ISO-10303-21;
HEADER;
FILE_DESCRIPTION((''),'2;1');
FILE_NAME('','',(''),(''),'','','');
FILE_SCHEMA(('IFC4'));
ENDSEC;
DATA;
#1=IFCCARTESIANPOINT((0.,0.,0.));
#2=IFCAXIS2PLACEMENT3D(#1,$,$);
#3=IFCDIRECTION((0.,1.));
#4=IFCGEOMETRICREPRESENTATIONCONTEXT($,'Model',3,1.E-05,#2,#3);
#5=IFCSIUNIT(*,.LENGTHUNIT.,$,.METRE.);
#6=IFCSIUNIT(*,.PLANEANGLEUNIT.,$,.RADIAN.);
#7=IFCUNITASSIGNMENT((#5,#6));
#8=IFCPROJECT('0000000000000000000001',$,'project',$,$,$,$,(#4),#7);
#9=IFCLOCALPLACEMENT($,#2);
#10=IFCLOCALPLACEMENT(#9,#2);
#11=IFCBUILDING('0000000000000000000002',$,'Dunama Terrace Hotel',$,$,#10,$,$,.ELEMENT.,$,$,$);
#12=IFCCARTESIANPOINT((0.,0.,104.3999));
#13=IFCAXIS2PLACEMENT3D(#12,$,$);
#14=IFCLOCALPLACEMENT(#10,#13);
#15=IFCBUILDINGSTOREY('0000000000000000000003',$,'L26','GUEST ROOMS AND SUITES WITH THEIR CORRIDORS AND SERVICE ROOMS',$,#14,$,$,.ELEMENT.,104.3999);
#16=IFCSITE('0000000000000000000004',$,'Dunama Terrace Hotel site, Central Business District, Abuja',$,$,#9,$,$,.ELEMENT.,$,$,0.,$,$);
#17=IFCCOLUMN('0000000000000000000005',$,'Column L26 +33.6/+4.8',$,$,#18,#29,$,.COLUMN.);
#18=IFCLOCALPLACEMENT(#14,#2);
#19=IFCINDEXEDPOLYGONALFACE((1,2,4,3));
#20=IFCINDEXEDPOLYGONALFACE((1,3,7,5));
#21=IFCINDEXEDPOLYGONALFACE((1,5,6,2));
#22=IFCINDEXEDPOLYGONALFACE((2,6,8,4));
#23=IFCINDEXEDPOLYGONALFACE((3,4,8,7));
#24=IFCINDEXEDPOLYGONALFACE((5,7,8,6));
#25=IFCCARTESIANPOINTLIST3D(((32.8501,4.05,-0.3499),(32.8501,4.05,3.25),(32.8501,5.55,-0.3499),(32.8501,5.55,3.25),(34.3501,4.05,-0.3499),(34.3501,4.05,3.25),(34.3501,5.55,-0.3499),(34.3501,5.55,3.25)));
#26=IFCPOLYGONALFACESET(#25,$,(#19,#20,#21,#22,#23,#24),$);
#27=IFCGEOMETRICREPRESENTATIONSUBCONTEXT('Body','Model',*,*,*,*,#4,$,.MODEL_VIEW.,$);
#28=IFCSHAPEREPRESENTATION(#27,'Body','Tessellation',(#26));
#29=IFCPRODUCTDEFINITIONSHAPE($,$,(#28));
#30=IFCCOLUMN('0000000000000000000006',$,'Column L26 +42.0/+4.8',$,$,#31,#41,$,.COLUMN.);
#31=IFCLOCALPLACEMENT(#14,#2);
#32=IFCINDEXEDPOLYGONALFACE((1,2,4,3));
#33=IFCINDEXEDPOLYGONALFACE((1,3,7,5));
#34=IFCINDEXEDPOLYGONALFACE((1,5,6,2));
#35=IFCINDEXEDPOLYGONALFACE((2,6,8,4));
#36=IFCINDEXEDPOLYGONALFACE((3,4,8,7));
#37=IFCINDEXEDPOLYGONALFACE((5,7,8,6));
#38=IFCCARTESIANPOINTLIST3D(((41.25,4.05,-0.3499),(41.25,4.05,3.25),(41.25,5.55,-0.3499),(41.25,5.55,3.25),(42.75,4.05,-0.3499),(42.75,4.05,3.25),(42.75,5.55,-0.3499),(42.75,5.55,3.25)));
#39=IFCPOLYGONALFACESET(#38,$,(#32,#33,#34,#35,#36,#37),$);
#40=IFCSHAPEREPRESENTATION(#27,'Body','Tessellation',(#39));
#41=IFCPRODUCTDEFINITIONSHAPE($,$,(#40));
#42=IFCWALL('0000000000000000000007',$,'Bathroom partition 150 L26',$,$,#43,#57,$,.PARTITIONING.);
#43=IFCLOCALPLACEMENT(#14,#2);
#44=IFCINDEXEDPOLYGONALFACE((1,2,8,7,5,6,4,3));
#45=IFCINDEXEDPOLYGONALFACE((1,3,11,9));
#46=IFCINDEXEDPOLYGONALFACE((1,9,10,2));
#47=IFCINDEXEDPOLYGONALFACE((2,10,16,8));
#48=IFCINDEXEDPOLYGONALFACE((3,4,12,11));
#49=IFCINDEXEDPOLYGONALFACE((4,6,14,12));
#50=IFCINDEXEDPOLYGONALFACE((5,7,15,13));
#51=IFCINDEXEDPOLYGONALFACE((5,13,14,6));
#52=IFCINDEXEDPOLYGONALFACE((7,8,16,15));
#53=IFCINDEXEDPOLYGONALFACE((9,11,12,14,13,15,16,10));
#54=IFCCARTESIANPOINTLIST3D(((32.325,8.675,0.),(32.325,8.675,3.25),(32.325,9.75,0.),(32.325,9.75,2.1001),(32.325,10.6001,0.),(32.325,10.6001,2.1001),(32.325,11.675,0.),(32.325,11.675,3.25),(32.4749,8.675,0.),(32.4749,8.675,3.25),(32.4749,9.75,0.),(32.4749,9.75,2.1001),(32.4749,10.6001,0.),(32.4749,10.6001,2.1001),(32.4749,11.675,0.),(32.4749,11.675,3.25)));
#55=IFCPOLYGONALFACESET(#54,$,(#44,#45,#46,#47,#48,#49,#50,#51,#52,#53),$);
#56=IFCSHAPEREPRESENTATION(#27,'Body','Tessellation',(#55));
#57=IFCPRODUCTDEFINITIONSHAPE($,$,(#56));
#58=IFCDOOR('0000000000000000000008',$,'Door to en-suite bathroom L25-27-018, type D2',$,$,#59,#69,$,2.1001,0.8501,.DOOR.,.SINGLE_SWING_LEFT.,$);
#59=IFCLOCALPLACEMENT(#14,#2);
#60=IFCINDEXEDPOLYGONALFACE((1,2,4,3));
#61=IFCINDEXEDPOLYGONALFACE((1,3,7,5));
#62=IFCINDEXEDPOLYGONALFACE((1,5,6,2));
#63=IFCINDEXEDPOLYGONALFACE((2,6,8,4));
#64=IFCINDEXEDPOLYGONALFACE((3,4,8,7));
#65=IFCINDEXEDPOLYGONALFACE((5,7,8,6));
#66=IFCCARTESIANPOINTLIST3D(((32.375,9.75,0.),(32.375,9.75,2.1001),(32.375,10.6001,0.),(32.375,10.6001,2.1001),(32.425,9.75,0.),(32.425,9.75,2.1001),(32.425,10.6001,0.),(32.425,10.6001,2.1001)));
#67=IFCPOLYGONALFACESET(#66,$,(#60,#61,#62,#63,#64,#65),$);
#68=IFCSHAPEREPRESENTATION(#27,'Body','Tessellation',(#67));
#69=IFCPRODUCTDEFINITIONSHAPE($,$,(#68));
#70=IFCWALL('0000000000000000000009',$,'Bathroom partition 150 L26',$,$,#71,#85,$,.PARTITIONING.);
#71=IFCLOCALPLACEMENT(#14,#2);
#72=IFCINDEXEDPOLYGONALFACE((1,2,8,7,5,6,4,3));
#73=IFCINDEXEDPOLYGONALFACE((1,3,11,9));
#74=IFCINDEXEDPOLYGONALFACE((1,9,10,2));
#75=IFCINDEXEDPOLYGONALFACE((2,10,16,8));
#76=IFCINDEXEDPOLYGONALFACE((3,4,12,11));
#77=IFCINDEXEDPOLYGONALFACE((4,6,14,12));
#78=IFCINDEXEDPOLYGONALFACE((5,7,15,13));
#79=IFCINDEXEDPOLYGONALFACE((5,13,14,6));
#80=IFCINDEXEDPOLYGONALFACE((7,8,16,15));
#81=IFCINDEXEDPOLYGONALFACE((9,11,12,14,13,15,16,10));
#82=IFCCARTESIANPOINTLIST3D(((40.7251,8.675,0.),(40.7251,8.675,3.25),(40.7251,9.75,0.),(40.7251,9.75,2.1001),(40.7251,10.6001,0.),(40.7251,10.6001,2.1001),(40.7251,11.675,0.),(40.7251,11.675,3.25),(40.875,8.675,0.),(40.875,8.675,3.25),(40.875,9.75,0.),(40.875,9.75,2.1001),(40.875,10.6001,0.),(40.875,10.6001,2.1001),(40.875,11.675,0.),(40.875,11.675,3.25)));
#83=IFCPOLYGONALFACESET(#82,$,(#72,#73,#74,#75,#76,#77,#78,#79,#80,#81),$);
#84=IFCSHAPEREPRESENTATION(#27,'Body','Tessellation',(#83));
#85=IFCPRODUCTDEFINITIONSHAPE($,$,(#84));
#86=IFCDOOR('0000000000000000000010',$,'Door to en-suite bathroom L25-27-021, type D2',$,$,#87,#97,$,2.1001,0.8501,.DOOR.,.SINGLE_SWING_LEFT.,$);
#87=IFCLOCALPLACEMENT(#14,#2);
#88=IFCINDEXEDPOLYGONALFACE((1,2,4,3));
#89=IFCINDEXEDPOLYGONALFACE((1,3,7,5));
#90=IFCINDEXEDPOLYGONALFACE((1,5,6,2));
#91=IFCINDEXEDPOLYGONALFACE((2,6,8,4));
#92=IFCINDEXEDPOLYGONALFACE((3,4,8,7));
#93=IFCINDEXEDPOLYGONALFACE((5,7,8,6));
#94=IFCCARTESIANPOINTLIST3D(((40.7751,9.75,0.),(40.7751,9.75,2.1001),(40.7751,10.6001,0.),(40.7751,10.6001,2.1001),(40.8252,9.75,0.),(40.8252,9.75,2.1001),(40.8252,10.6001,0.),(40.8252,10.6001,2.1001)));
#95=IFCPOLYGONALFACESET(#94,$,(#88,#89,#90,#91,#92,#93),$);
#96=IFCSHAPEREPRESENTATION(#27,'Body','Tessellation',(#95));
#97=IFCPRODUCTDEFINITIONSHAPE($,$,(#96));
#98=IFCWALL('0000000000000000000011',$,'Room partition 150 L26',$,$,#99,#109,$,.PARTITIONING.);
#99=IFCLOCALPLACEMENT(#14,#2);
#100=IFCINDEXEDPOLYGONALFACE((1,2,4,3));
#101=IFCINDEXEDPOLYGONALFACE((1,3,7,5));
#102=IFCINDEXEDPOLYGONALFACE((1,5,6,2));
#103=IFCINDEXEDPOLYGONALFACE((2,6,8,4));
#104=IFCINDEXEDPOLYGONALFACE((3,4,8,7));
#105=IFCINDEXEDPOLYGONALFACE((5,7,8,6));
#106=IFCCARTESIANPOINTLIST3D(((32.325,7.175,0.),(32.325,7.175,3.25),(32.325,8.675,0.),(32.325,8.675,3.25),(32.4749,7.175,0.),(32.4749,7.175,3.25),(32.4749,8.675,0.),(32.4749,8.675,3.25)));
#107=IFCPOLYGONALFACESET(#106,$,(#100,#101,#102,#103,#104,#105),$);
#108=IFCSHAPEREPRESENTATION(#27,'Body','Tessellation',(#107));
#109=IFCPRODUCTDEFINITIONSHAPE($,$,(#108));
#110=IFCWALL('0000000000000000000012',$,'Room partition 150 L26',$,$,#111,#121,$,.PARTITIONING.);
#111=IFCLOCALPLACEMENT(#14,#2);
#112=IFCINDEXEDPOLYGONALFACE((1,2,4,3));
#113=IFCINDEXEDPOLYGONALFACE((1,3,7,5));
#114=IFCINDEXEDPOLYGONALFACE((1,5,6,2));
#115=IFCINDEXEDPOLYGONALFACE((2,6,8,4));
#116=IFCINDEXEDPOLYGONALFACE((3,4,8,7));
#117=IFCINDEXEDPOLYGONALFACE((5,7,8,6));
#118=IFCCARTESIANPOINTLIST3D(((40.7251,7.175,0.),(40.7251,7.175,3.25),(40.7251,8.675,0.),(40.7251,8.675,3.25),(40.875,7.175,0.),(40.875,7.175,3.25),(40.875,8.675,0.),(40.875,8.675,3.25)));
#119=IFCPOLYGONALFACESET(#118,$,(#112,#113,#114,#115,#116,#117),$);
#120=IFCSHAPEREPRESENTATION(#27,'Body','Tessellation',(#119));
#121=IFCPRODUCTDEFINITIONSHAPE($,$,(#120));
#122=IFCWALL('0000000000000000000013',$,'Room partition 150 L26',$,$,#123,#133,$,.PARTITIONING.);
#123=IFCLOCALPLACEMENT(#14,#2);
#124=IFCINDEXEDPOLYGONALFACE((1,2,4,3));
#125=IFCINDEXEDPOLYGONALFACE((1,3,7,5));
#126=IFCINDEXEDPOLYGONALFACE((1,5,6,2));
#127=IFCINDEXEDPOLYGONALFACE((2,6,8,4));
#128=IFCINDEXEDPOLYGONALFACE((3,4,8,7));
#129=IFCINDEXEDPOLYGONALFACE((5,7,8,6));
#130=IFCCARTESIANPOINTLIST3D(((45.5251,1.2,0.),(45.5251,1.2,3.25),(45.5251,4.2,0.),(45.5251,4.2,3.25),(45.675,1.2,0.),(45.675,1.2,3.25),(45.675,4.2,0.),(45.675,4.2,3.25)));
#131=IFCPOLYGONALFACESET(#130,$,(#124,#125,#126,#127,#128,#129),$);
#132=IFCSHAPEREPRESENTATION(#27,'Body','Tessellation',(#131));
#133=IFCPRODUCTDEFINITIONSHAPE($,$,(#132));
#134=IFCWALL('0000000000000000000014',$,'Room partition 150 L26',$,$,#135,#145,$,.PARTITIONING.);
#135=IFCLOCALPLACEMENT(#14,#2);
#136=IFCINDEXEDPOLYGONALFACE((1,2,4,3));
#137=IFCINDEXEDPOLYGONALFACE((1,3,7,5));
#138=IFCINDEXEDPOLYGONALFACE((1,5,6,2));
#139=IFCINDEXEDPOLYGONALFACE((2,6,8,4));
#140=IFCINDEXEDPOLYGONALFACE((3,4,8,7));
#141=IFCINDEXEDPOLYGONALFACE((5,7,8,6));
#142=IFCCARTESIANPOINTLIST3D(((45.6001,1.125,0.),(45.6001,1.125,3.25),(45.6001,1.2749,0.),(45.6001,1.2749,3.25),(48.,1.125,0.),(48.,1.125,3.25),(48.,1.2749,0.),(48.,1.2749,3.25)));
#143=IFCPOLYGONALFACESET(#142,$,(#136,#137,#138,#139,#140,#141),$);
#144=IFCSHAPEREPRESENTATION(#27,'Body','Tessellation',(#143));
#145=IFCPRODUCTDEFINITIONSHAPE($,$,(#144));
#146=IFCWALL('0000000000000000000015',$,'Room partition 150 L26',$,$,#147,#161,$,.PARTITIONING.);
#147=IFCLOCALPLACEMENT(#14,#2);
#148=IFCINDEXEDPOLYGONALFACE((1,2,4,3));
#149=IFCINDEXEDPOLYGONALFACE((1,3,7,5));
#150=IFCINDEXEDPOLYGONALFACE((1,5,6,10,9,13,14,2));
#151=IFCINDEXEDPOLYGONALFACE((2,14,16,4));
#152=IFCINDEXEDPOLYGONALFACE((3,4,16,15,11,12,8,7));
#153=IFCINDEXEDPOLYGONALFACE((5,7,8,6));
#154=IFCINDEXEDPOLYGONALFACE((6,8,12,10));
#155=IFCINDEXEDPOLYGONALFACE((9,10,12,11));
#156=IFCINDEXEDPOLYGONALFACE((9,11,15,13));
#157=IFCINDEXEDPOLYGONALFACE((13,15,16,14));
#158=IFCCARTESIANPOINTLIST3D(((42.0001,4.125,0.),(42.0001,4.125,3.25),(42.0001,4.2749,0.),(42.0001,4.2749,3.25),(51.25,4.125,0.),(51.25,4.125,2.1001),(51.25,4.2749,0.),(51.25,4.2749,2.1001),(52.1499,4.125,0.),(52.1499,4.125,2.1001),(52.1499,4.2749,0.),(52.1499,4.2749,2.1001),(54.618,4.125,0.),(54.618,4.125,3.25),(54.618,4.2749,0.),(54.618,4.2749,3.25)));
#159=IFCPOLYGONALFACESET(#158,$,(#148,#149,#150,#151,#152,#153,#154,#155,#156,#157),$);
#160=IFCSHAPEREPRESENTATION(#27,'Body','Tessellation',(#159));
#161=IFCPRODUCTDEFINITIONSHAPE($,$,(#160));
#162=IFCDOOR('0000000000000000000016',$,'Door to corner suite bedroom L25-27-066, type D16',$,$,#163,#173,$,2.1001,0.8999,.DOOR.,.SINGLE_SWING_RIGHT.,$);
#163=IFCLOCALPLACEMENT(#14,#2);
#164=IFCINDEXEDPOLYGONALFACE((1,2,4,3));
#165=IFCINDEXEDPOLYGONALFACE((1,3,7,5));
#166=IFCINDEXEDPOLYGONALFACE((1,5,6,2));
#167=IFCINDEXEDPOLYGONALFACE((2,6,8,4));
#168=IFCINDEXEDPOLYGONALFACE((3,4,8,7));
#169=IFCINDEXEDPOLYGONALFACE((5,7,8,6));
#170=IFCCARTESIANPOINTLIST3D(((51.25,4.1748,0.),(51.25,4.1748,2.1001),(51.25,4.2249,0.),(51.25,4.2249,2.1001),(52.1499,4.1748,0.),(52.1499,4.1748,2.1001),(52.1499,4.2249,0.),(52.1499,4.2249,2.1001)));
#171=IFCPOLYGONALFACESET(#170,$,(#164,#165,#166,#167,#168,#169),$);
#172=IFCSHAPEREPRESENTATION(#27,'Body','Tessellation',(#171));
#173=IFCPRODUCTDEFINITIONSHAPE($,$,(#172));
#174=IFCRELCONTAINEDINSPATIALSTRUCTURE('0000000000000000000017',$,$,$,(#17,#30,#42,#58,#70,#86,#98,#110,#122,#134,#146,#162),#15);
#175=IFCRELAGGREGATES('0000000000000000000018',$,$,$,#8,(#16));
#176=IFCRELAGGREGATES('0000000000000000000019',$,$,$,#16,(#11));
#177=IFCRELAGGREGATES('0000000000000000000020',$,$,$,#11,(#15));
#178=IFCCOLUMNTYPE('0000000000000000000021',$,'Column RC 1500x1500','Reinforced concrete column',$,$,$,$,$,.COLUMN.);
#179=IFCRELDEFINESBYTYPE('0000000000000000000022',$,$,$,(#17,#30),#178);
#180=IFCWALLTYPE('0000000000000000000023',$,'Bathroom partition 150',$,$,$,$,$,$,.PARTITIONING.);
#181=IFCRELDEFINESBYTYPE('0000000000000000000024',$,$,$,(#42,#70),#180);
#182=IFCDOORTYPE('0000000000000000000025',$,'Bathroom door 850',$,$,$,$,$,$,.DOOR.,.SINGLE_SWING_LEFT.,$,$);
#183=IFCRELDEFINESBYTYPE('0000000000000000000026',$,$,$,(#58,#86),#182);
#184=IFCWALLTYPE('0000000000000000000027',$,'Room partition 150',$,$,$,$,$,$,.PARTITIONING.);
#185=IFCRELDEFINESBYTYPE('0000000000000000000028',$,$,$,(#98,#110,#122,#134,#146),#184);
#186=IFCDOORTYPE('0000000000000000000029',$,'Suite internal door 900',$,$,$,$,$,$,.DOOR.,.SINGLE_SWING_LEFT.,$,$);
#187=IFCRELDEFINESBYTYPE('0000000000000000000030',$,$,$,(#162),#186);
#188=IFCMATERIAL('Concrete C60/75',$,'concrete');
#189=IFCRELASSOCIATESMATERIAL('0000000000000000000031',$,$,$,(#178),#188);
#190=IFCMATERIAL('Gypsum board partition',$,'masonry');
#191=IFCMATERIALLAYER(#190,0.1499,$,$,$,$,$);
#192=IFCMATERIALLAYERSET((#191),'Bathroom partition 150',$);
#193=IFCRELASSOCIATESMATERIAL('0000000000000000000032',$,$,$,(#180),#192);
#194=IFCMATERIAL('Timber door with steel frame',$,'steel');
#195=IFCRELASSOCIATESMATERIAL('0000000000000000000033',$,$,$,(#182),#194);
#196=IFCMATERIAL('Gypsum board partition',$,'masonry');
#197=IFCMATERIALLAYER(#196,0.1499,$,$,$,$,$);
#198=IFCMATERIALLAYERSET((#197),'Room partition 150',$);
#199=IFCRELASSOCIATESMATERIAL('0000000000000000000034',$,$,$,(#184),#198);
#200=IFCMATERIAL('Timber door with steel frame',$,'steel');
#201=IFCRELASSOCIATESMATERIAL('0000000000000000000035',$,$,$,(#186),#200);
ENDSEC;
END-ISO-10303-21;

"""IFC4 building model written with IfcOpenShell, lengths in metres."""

from ifc_helpers import new_model, si_unit, direction, frame, frame_2d, origin, origin_2d, place, context, subcontext, project, spatial, rectangle, extrude, material, layer, layer_set, material_profile, profile_set, type_object, element, fill, save


model = new_model("IFC4")

# Units and contexts
model_context = context("Model", 3, precision=1e-05, world=origin(), true_north=direction((0.0, 1.0)))
body_context = subcontext(model_context, "Body", "Model", "MODEL_VIEW")
ifc_project = project(units=[si_unit("LENGTHUNIT", "METRE"), si_unit("PLANEANGLEUNIT", "RADIAN")], contexts=[model_context])

# Site, building, storey
site_placement = place(None, origin())
site = spatial("IfcSite", under=ifc_project, at=site_placement, Name="Dunama Terrace Hotel site, Central Business District, Abuja", CompositionType="ELEMENT", RefElevation=0.0)
building_placement = place(site_placement, origin())
building = spatial("IfcBuilding", under=site, at=building_placement, Name="Dunama Terrace Hotel", CompositionType="ELEMENT")
storey_placement = place(building_placement, frame((0.0, 0.0, 104.3999)))
storey = spatial("IfcBuildingStorey", under=building, at=storey_placement, Name="L26", Description="GUEST ROOMS AND SUITES WITH THEIR CORRIDORS AND SERVICE ROOMS", CompositionType="ELEMENT", Elevation=104.3999)

# Columns
ifc_material_1 = material(Name="Concrete C60/75", Category="concrete")
ifc_material_profile = material_profile(ifc_material_1, rectangle(XDim=1.5, YDim=1.5, at=origin_2d()), Name="RC 1500x1500")
ifc_profile_set = profile_set([ifc_material_profile], Name="Concrete C60/75")
column_type = type_object("IfcColumnType", Name="Column RC 1500x1500", Description="Reinforced concrete column", PredefinedType="COLUMN", material=ifc_profile_set)
for number, where, z_axis, x_axis, name in (
    (1, (33.6001, 4.8, -0.3499), (0.0, 0.0, 1.0), (1.0, 0.0, 0.0), "Column L26 +33.6/+4.8"),
    (2, (42.0, 4.8, -0.3499), (0.0, 0.0, 1.0), (1.0, 0.0, 0.0), "Column L26 +42.0/+4.8"),
):
    element("IfcColumn", number, at=place(storey_placement, frame(where, z_axis=z_axis, x_axis=x_axis)), inside=storey, type_object=column_type, Name=name, PredefinedType="COLUMN", context=body_context, shape_type="SweptSolid", body=[
        extrude(rectangle(XDim=1.5, YDim=1.5, at=origin_2d()), origin(), (0.0, 0.0, 1.0), 3.5999),
    ])

# Walls, openings, doors
ifc_material_2 = material(Name="Gypsum board partition", Category="masonry")
ifc_layer_1 = layer(ifc_material_2, 0.1499)
ifc_layer_set_1 = layer_set([ifc_layer_1], Name="Bathroom partition 150")
wall_type_1 = type_object("IfcWallType", Name="Bathroom partition 150", PredefinedType="PARTITIONING", material=ifc_layer_set_1)
wall_1_placement = place(storey_placement, frame((32.3999, 8.675, 0.0), z_axis=(0.0, 0.0, 1.0), x_axis=(0.0, 1.0, 0.0)))
wall_1 = element("IfcWall", 3, at=wall_1_placement, inside=storey, type_object=wall_type_1, Name="Bathroom partition 150 L26", PredefinedType="PARTITIONING", context=body_context, shape_type="SweptSolid", body=[
    extrude(rectangle(XDim=3.0, YDim=0.1499, at=frame_2d((1.5, 0.0))), origin(), (0.0, 0.0, 1.0), 3.25),
])
opening_1_placement = place(wall_1_placement, frame((1.075, 0.0, 0.0)))
opening_1 = element("IfcOpeningElement", 4, at=opening_1_placement, cuts=wall_1, PredefinedType="OPENING", context=body_context, shape_type="SweptSolid", body=[
    extrude(rectangle(XDim=0.8501, YDim=2.1001, at=frame_2d((0.425, 1.05))), frame((0.0, 0.085, 0.0), z_axis=(0.0, -1.0, 0.0), x_axis=(1.0, 0.0, 0.0)), (0.0, 0.0, 1.0), 0.1699),
])
ifc_material_3 = material(Name="Timber door with steel frame", Category="steel")
door_type_1 = type_object("IfcDoorType", Name="Bathroom door 850", OperationType="SINGLE_SWING_LEFT", PredefinedType="DOOR", material=ifc_material_3)
door_1_placement = place(opening_1_placement, origin())
door_1 = element("IfcDoor", 5, at=door_1_placement, inside=storey, type_object=door_type_1, Name="Door to en-suite bathroom L25-27-018, type D2", OperationType="SINGLE_SWING_LEFT", OverallHeight=2.1001, OverallWidth=0.8501, PredefinedType="DOOR", context=body_context, shape_type="SweptSolid", body=[
    extrude(rectangle(XDim=0.8501, YDim=2.1001, at=frame_2d((0.425, 1.05))), frame((0.0, 0.0249, 0.0), z_axis=(0.0, -1.0, 0.0), x_axis=(1.0, 0.0, 0.0)), (0.0, 0.0, 1.0), 0.05),
])
fill(opening_1, door_1)
wall_2_placement = place(storey_placement, frame((40.8, 8.675, 0.0), z_axis=(0.0, 0.0, 1.0), x_axis=(0.0, 1.0, 0.0)))
wall_2 = element("IfcWall", 6, at=wall_2_placement, inside=storey, type_object=wall_type_1, Name="Bathroom partition 150 L26", PredefinedType="PARTITIONING", context=body_context, shape_type="SweptSolid", body=[
    extrude(rectangle(XDim=3.0, YDim=0.1499, at=frame_2d((1.5, 0.0))), origin(), (0.0, 0.0, 1.0), 3.25),
])
opening_2_placement = place(wall_2_placement, frame((1.075, 0.0, 0.0)))
opening_2 = element("IfcOpeningElement", 7, at=opening_2_placement, cuts=wall_2, PredefinedType="OPENING", context=body_context, shape_type="SweptSolid", body=[
    extrude(rectangle(XDim=0.8501, YDim=2.1001, at=frame_2d((0.425, 1.05))), frame((0.0, 0.085, 0.0), z_axis=(0.0, -1.0, 0.0), x_axis=(1.0, 0.0, 0.0)), (0.0, 0.0, 1.0), 0.1699),
])
door_2_placement = place(opening_2_placement, origin())
door_2 = element("IfcDoor", 8, at=door_2_placement, inside=storey, type_object=door_type_1, Name="Door to en-suite bathroom L25-27-021, type D2", OperationType="SINGLE_SWING_LEFT", OverallHeight=2.1001, OverallWidth=0.8501, PredefinedType="DOOR", context=body_context, shape_type="SweptSolid", body=[
    extrude(rectangle(XDim=0.8501, YDim=2.1001, at=frame_2d((0.425, 1.05))), frame((0.0, 0.0249, 0.0), z_axis=(0.0, -1.0, 0.0), x_axis=(1.0, 0.0, 0.0)), (0.0, 0.0, 1.0), 0.05),
])
fill(opening_2, door_2)

# Walls
ifc_material_4 = material(Name="Gypsum board partition", Category="masonry")
ifc_layer_2 = layer(ifc_material_4, 0.1499)
ifc_layer_set_2 = layer_set([ifc_layer_2], Name="Room partition 150")
wall_type_2 = type_object("IfcWallType", Name="Room partition 150", PredefinedType="PARTITIONING", material=ifc_layer_set_2)
for number, where, z_axis, x_axis, name in (
    (9, (32.3999, 7.175, 0.0), (0.0, 0.0, 1.0), (0.0, 1.0, 0.0), "Room partition 150 L26"),
    (10, (40.8, 7.175, 0.0), (0.0, 0.0, 1.0), (0.0, 1.0, 0.0), "Room partition 150 L26"),
):
    element("IfcWall", number, at=place(storey_placement, frame(where, z_axis=z_axis, x_axis=x_axis)), inside=storey, type_object=wall_type_2, Name=name, PredefinedType="PARTITIONING", context=body_context, shape_type="SweptSolid", body=[
        extrude(rectangle(XDim=1.5, YDim=0.1499, at=frame_2d((0.75, 0.0))), origin(), (0.0, 0.0, 1.0), 3.25),
    ])
wall_3_placement = place(storey_placement, frame((45.6001, 1.2, 0.0), z_axis=(0.0, 0.0, 1.0), x_axis=(0.0, 1.0, 0.0)))
element("IfcWall", 11, at=wall_3_placement, inside=storey, type_object=wall_type_2, Name="Room partition 150 L26", PredefinedType="PARTITIONING", context=body_context, shape_type="SweptSolid", body=[
    extrude(rectangle(XDim=3.0, YDim=0.1499, at=frame_2d((1.5, 0.0))), origin(), (0.0, 0.0, 1.0), 3.25),
])
wall_4_placement = place(storey_placement, frame((45.6001, 1.2, 0.0), z_axis=(0.0, 0.0, 1.0), x_axis=(1.0, 0.0, 0.0)))
element("IfcWall", 12, at=wall_4_placement, inside=storey, type_object=wall_type_2, Name="Room partition 150 L26", PredefinedType="PARTITIONING", context=body_context, shape_type="SweptSolid", body=[
    extrude(rectangle(XDim=2.3999, YDim=0.1499, at=frame_2d((1.2, 0.0))), origin(), (0.0, 0.0, 1.0), 3.25),
])

# Wall, opening, door
wall_5_placement = place(storey_placement, frame((42.0, 4.2, 0.0), z_axis=(0.0, 0.0, 1.0), x_axis=(1.0, 0.0, 0.0)))
wall_5 = element("IfcWall", 13, at=wall_5_placement, inside=storey, type_object=wall_type_2, Name="Room partition 150 L26", PredefinedType="PARTITIONING", context=body_context, shape_type="SweptSolid", body=[
    extrude(rectangle(XDim=12.6179, YDim=0.1499, at=frame_2d((6.3091, 0.0))), origin(), (0.0, 0.0, 1.0), 3.25),
])
opening_3_placement = place(wall_5_placement, frame((9.25, 0.0, 0.0)))
opening_3 = element("IfcOpeningElement", 14, at=opening_3_placement, cuts=wall_5, PredefinedType="OPENING", context=body_context, shape_type="SweptSolid", body=[
    extrude(rectangle(XDim=0.8999, YDim=2.1001, at=frame_2d((0.45, 1.05))), frame((0.0, 0.085, 0.0), z_axis=(0.0, -1.0, 0.0), x_axis=(1.0, 0.0, 0.0)), (0.0, 0.0, 1.0), 0.1699),
])
ifc_material_5 = material(Name="Timber door with steel frame", Category="steel")
door_type_2 = type_object("IfcDoorType", Name="Suite internal door 900", OperationType="SINGLE_SWING_LEFT", PredefinedType="DOOR", material=ifc_material_5)
door_3_placement = place(opening_3_placement, frame((0.8999, 0.0, 0.0), z_axis=(0.0, 0.0, 1.0), x_axis=(-1.0, 0.0, 0.0)))
door_3 = element("IfcDoor", 15, at=door_3_placement, inside=storey, type_object=door_type_2, Name="Door to corner suite bedroom L25-27-066, type D16", OperationType="SINGLE_SWING_RIGHT", OverallHeight=2.1001, OverallWidth=0.8999, PredefinedType="DOOR", context=body_context, shape_type="SweptSolid", body=[
    extrude(rectangle(XDim=0.8999, YDim=2.1001, at=frame_2d((0.45, 1.05))), frame((0.0, 0.0251, 0.0), z_axis=(0.0, -1.0, 0.0), x_axis=(1.0, 0.0, 0.0)), (0.0, 0.0, 1.0), 0.05),
])
fill(opening_3, door_3)

save(model, "model.ifc")
